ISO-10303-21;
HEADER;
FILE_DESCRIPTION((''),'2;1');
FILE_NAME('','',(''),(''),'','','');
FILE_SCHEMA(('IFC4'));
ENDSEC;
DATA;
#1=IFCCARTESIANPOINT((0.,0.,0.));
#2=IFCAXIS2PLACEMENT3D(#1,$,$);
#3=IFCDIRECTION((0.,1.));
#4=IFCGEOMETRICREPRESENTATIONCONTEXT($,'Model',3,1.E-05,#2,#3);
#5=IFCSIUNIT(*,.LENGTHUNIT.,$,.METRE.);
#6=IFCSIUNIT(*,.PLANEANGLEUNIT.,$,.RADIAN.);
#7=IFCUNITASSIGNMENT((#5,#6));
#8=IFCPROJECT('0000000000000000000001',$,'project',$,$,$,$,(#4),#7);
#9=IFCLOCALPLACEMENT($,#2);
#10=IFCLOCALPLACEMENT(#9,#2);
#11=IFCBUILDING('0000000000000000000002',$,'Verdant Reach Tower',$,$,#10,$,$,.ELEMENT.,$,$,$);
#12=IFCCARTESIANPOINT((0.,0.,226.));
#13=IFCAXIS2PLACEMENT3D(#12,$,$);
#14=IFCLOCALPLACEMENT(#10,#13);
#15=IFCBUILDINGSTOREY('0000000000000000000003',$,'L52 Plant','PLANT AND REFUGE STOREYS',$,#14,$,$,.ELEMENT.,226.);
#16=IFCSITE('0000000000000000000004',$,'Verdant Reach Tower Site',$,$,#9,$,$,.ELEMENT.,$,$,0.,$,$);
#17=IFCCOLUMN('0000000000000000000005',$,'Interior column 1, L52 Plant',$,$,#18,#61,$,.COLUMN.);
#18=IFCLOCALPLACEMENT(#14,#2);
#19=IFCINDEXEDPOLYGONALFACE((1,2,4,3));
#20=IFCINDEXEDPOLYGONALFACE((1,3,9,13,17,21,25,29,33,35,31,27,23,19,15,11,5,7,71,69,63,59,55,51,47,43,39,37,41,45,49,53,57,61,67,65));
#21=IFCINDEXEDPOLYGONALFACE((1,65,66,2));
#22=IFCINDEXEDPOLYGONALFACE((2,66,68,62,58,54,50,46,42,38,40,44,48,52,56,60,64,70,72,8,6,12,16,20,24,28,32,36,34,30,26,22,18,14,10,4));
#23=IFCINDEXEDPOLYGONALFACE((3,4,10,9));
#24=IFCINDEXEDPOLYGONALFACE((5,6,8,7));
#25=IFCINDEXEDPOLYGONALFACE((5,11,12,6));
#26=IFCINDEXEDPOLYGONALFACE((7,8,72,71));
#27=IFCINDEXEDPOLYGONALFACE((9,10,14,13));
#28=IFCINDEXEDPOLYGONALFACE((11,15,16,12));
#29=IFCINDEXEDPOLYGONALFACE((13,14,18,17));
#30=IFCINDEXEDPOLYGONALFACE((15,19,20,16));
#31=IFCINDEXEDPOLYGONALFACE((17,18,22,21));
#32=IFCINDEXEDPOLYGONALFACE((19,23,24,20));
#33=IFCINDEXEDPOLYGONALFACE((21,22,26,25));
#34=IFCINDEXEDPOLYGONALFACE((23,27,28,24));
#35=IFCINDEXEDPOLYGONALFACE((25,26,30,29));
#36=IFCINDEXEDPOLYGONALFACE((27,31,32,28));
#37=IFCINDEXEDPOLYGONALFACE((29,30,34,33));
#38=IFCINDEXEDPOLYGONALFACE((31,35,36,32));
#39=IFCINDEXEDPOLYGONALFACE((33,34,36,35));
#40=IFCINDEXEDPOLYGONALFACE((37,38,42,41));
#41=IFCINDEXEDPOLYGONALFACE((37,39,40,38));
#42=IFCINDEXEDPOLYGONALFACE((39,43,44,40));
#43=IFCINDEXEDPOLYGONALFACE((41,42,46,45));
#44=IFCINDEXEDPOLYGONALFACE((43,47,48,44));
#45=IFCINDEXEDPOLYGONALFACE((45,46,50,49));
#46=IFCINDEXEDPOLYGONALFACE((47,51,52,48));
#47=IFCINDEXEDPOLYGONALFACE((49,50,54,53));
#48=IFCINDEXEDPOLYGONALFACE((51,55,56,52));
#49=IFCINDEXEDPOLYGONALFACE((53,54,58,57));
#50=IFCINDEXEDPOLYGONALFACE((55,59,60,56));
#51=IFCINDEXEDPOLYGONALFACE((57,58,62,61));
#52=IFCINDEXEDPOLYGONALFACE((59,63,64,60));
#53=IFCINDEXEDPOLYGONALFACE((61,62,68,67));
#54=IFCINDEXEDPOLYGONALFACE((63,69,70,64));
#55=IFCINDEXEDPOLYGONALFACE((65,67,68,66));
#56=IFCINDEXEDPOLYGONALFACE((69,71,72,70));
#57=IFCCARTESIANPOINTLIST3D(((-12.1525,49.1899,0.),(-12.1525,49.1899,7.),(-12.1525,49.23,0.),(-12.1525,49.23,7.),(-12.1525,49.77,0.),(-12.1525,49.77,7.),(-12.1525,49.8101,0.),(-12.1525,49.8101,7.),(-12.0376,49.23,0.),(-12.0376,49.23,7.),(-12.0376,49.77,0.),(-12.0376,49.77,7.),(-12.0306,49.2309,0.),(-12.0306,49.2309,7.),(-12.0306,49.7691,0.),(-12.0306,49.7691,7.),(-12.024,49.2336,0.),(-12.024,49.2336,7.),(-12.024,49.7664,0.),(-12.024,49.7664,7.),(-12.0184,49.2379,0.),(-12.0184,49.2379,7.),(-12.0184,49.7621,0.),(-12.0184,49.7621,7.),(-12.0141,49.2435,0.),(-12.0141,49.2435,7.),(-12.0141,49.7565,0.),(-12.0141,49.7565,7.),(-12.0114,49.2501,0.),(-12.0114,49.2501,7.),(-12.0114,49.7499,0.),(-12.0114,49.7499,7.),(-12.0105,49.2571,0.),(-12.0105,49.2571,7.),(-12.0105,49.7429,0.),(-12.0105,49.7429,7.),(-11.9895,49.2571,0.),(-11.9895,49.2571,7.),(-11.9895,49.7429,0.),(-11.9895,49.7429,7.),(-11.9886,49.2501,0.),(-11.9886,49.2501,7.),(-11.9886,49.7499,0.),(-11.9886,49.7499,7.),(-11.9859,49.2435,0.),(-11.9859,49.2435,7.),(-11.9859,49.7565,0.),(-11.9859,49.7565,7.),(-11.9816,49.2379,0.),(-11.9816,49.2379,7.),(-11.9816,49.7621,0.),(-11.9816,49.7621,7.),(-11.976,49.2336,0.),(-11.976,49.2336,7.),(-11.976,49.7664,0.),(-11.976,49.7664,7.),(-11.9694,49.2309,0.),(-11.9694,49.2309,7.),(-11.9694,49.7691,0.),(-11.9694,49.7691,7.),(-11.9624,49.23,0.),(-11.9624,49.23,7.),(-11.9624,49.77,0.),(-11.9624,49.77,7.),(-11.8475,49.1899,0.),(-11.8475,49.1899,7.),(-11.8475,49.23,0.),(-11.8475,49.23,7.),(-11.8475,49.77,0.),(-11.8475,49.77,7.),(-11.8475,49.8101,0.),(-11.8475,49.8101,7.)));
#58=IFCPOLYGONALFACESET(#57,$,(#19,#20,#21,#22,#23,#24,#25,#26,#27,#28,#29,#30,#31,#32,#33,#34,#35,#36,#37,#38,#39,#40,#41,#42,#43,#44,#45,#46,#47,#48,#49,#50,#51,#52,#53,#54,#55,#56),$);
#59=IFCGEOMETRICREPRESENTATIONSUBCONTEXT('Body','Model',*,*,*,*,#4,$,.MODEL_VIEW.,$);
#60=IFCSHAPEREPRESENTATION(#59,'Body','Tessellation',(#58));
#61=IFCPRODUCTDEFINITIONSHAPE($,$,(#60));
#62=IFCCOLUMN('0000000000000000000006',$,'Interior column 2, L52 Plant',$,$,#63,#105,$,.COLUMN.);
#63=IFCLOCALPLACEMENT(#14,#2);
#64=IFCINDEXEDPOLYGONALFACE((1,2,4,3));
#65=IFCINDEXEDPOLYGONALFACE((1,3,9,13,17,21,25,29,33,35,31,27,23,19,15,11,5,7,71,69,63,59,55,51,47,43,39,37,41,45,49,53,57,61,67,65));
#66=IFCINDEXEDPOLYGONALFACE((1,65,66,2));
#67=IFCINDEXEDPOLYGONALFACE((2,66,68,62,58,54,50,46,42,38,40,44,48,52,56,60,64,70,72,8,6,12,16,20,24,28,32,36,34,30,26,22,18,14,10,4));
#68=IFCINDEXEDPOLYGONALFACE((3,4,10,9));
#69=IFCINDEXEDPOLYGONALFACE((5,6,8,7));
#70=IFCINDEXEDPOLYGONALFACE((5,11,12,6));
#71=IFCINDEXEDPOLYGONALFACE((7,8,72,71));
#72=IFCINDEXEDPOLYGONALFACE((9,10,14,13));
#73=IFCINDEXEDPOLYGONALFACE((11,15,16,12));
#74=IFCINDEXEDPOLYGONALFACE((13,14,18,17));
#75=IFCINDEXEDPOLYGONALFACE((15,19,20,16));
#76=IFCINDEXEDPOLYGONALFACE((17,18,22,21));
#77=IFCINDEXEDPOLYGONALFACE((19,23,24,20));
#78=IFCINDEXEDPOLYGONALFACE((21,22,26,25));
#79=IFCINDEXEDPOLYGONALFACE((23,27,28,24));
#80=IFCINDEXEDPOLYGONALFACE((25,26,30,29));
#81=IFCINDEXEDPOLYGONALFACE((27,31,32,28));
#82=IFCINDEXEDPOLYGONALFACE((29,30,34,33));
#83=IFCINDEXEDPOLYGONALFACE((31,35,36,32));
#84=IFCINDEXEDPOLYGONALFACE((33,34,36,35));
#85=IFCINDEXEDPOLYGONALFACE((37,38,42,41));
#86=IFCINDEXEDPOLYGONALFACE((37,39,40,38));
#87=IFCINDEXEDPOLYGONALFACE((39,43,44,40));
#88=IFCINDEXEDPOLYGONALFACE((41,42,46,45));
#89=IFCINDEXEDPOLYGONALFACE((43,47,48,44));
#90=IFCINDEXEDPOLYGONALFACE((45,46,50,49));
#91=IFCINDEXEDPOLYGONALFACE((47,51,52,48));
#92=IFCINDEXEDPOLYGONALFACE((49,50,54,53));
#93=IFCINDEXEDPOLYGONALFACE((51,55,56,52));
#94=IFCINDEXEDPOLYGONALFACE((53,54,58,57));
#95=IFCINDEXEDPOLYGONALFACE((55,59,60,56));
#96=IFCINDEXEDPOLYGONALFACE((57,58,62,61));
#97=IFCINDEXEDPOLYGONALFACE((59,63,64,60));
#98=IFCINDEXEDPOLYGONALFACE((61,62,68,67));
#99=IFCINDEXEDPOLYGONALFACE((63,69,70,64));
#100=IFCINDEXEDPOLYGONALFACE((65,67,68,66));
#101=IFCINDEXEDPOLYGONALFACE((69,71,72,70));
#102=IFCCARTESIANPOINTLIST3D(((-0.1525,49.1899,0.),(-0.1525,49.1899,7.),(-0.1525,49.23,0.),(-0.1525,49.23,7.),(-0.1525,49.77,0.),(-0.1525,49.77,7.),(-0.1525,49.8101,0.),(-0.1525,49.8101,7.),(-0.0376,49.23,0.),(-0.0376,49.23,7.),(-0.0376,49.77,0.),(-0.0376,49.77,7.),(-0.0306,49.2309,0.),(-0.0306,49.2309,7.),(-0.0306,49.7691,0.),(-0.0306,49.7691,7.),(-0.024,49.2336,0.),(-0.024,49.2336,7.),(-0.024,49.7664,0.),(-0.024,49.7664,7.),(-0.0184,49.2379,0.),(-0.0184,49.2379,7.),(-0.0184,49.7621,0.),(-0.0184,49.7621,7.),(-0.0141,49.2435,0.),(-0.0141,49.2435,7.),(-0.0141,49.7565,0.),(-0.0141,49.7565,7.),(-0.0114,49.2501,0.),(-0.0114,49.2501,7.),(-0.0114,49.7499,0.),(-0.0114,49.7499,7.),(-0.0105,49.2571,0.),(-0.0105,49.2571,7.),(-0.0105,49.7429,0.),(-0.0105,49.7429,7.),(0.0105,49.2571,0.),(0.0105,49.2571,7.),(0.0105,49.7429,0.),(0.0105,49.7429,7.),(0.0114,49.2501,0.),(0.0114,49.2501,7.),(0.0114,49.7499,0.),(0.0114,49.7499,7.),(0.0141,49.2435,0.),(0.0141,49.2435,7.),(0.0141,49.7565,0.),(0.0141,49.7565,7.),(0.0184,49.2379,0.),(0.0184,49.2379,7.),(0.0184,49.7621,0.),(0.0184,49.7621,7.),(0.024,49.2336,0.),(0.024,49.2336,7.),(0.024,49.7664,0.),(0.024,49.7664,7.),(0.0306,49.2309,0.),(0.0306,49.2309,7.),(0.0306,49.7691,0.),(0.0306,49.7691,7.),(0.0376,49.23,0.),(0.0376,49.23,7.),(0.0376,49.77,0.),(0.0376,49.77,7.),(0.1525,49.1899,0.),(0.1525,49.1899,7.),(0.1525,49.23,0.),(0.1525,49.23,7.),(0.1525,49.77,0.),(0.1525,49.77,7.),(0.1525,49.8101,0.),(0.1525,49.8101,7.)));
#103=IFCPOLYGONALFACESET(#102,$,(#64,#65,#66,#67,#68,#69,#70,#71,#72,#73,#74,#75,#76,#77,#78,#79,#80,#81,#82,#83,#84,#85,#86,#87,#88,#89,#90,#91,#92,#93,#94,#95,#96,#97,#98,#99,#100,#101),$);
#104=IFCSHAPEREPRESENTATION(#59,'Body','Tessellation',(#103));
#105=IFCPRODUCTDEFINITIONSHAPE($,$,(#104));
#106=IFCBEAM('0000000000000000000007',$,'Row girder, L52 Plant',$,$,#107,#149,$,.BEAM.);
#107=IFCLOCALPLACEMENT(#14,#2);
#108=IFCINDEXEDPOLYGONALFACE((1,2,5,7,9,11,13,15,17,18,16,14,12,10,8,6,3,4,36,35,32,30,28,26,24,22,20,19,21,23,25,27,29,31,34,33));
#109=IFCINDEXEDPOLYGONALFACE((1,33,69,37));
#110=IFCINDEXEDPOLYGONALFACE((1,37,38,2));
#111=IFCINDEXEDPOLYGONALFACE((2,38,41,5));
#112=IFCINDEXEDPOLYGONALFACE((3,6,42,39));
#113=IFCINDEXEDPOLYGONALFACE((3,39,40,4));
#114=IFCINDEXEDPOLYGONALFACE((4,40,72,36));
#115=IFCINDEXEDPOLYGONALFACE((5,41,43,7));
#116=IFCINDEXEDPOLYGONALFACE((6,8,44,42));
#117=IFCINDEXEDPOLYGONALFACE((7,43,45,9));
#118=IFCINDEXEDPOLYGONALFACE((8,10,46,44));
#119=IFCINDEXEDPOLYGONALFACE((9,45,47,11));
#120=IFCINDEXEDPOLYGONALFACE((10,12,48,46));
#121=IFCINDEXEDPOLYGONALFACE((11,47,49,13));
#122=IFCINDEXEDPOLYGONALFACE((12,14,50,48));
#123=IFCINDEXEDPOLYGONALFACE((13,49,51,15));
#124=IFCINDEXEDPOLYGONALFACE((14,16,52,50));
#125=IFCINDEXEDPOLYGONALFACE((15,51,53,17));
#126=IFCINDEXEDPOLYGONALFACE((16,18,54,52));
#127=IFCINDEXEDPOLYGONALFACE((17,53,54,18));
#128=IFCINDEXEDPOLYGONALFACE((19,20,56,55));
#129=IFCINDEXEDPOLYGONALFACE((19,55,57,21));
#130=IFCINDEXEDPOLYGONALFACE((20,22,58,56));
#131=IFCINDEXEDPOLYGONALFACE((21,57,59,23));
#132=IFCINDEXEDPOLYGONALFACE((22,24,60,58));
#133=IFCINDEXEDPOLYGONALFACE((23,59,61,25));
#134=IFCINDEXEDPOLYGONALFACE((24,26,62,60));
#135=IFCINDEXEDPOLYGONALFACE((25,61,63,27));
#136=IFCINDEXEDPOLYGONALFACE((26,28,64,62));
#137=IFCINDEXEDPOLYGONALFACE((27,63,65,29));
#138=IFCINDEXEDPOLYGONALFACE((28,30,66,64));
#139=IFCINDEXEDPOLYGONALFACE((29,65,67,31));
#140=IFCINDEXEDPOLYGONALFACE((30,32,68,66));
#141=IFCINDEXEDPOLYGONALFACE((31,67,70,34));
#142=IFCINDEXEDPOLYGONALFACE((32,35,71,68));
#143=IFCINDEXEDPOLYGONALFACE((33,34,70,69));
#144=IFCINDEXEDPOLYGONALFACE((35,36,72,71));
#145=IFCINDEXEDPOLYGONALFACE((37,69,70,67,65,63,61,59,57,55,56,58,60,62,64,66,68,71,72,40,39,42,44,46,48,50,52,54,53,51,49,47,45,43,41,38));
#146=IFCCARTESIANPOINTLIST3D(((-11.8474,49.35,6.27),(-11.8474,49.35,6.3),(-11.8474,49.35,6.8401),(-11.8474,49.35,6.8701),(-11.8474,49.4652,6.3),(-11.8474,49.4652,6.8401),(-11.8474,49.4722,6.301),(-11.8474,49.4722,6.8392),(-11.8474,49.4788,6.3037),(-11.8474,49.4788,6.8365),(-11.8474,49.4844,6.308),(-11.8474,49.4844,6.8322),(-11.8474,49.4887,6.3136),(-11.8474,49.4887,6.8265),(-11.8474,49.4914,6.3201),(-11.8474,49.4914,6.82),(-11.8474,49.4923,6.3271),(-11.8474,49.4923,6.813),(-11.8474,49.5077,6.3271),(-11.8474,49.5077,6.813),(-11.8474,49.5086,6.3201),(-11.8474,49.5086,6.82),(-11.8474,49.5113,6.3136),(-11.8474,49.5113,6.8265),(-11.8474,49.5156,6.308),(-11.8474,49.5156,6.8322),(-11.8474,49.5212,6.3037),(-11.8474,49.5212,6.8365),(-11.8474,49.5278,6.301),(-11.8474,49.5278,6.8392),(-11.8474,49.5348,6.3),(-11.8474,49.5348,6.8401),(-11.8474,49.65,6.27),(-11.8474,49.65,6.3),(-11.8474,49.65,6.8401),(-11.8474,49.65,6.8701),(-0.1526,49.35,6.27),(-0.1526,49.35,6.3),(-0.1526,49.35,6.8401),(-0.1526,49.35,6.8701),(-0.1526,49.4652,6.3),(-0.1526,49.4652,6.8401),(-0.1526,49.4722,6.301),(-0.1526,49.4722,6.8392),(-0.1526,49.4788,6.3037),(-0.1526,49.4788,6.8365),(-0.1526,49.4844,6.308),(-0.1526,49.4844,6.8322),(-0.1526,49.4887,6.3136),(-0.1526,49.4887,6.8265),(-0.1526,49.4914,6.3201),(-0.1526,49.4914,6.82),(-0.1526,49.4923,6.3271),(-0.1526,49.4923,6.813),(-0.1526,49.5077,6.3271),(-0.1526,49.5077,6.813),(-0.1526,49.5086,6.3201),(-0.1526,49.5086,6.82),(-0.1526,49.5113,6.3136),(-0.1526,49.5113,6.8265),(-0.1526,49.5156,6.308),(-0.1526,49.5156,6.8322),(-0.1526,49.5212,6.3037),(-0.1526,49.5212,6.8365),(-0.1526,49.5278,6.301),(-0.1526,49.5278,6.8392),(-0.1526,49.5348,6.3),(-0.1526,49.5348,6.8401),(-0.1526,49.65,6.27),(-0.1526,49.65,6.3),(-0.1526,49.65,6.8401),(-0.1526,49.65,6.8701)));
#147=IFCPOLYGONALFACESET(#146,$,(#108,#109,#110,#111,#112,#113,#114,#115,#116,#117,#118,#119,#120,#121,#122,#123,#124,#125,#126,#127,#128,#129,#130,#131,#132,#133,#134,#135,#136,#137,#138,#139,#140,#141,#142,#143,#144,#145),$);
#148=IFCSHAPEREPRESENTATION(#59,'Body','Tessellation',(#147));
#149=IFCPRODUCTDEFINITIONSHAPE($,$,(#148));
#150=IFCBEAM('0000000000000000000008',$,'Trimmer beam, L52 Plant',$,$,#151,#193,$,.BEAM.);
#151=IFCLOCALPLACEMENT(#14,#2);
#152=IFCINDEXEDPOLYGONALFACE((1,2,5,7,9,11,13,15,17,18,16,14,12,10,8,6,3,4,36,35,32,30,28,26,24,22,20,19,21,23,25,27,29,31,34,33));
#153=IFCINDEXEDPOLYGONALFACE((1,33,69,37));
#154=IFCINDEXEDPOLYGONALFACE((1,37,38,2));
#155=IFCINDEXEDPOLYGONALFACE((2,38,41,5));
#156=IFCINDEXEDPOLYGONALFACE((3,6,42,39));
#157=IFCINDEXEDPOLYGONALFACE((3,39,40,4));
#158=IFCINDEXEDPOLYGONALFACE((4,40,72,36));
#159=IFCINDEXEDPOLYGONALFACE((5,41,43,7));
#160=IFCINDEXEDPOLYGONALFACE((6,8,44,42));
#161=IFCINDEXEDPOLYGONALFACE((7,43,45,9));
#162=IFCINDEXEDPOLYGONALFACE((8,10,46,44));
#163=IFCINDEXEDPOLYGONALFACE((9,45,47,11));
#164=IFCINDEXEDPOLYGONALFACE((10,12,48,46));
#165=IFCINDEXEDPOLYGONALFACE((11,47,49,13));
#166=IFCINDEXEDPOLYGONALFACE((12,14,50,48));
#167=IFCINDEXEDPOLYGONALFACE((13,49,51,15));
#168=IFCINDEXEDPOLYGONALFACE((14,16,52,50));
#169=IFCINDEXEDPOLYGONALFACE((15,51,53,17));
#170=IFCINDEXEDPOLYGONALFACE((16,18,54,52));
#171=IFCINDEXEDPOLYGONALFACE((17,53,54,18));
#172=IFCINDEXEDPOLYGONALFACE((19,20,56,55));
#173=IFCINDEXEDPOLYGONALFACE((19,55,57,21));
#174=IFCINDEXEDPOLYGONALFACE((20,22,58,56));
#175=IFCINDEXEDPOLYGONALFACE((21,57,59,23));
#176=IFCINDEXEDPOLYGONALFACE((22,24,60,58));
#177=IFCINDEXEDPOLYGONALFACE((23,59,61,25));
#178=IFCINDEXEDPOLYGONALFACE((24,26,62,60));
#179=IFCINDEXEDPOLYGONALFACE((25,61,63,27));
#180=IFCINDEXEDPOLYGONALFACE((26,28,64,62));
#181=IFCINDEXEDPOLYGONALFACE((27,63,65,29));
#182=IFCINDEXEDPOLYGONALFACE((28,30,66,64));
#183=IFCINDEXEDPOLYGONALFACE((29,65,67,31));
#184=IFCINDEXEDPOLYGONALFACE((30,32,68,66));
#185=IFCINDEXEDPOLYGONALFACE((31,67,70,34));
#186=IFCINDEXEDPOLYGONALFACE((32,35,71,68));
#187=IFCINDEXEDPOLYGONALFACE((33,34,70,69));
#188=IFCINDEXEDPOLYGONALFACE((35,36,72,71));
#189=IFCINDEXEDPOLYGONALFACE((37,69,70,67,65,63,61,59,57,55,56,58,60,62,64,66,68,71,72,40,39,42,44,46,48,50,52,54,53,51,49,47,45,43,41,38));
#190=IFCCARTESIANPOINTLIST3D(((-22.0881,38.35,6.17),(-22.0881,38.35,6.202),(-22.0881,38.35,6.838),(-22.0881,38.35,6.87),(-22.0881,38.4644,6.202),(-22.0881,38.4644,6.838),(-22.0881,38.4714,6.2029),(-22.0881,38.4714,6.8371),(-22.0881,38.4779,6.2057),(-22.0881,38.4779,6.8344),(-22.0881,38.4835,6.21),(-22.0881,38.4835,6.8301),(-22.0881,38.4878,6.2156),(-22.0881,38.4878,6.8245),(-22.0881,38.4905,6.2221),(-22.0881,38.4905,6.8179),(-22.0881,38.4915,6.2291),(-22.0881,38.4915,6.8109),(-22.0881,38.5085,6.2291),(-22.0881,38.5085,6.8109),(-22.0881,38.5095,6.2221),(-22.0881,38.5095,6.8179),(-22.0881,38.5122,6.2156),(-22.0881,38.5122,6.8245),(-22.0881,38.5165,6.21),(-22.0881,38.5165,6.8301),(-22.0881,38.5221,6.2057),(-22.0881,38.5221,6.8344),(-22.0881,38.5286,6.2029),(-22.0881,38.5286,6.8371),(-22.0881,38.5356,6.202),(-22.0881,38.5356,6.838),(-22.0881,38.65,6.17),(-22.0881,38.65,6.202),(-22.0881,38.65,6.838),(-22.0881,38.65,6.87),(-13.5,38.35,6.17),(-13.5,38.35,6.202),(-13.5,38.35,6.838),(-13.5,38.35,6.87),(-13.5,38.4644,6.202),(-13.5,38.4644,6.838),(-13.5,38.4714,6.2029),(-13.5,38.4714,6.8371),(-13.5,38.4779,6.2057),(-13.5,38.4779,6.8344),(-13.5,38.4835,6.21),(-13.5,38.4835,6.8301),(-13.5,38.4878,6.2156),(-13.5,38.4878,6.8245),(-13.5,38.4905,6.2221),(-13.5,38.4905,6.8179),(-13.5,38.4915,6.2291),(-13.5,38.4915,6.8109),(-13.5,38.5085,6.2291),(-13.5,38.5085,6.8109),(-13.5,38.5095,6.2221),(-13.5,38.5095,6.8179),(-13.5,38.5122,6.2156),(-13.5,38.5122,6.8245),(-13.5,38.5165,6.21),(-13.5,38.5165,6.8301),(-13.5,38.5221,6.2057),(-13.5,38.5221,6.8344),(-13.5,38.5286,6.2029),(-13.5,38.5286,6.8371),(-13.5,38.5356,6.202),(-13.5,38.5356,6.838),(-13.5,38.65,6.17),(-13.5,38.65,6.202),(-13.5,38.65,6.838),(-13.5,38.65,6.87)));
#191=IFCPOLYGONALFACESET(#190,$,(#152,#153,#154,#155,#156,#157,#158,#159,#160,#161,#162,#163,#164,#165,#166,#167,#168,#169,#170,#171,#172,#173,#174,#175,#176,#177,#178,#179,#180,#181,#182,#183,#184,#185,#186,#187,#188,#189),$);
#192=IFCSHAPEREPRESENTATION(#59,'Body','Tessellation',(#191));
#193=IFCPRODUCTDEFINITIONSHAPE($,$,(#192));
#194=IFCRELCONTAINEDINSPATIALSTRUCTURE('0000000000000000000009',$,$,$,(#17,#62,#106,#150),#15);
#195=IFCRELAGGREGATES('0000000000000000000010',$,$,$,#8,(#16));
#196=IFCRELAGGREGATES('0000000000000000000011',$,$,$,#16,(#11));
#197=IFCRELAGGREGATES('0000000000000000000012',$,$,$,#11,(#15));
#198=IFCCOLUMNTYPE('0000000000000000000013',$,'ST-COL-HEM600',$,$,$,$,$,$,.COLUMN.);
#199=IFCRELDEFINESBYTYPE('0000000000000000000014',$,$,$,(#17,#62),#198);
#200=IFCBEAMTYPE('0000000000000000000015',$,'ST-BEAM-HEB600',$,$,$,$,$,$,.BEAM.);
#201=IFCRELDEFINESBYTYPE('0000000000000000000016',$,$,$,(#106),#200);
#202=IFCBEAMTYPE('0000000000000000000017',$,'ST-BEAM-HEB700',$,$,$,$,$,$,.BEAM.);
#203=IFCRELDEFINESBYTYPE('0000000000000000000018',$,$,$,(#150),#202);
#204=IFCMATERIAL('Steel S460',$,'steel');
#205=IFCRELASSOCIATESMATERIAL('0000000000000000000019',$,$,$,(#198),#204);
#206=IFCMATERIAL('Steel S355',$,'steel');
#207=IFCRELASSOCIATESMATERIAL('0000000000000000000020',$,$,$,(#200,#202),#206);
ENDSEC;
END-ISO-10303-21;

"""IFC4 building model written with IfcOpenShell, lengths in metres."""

from ifc_helpers import new_model, si_unit, direction, frame, origin, origin_2d, place, context, subcontext, project, spatial, i_section, extrude, material, material_profile, profile_set, type_object, element, save


model = new_model("IFC4")

# Units and contexts
model_context = context("Model", 3, precision=1e-05, world=origin(), true_north=direction((0.0, 1.0)))
body_context = subcontext(model_context, "Body", "Model", "MODEL_VIEW")
ifc_project = project(units=[si_unit("LENGTHUNIT", "METRE"), si_unit("PLANEANGLEUNIT", "RADIAN")], contexts=[model_context])

# Site, building, storey
site_placement = place(None, origin())
site = spatial("IfcSite", under=ifc_project, at=site_placement, Name="Verdant Reach Tower Site", CompositionType="ELEMENT", RefElevation=0.0)
building_placement = place(site_placement, origin())
building = spatial("IfcBuilding", under=site, at=building_placement, Name="Verdant Reach Tower", CompositionType="ELEMENT")
storey_placement = place(building_placement, frame((0.0, 0.0, 226.0)))
storey = spatial("IfcBuildingStorey", under=building, at=storey_placement, Name="L52 Plant", Description="PLANT AND REFUGE STOREYS", CompositionType="ELEMENT", Elevation=226.0)

# Columns
ifc_material_1 = material(Name="Steel S460", Category="steel")
ifc_material_profile_1 = material_profile(ifc_material_1, i_section(OverallWidth=0.3049, OverallDepth=0.6201, WebThickness=0.021, FlangeThickness=0.04, FilletRadius=0.0271, at=origin_2d()), Name="HEM 600")
ifc_profile_set_1 = profile_set([ifc_material_profile_1], Name="Steel S460")
column_type = type_object("IfcColumnType", Name="ST-COL-HEM600", PredefinedType="COLUMN", material=ifc_profile_set_1)
for number, where, z_axis, x_axis, name in (
    (1, (-12.0, 49.5, 0.0), (0.0, 0.0, 1.0), (1.0, 0.0, 0.0), "Interior column 1, L52 Plant"),
    (2, (0.0, 49.5, 0.0), (0.0, 0.0, 1.0), (1.0, 0.0, 0.0), "Interior column 2, L52 Plant"),
):
    element("IfcColumn", number, at=place(storey_placement, frame(where, z_axis=z_axis, x_axis=x_axis)), inside=storey, type_object=column_type, Name=name, PredefinedType="COLUMN", context=body_context, shape_type="SweptSolid", body=[
        extrude(i_section(OverallWidth=0.3049, OverallDepth=0.6201, WebThickness=0.021, FlangeThickness=0.04, FilletRadius=0.0271, at=origin_2d()), origin(), (0.0, 0.0, 1.0), 7.0),
    ])

# Beams
ifc_material_2 = material(Name="Steel S355", Category="steel")
ifc_material_profile_2 = material_profile(ifc_material_2, i_section(OverallWidth=0.3, OverallDepth=0.6001, WebThickness=0.0154, FlangeThickness=0.03, FilletRadius=0.0271, at=origin_2d()), Name="HEB 600")
ifc_profile_set_2 = profile_set([ifc_material_profile_2], Name="Steel S355")
beam_type_1 = type_object("IfcBeamType", Name="ST-BEAM-HEB600", PredefinedType="BEAM", material=ifc_profile_set_2)
beam_1_placement = place(storey_placement, frame((-11.8474, 49.5, 6.5701), z_axis=(1.0, 0.0, 0.0), x_axis=(0.0, 1.0, 0.0)))
element("IfcBeam", 3, at=beam_1_placement, inside=storey, type_object=beam_type_1, Name="Row girder, L52 Plant", PredefinedType="BEAM", context=body_context, shape_type="SweptSolid", body=[
    extrude(i_section(OverallWidth=0.3, OverallDepth=0.6001, WebThickness=0.0154, FlangeThickness=0.03, FilletRadius=0.0271, at=origin_2d()), origin(), (0.0, 0.0, 1.0), 11.6948),
])
ifc_material_profile_3 = material_profile(ifc_material_2, i_section(OverallWidth=0.3, OverallDepth=0.7, WebThickness=0.0171, FlangeThickness=0.032, FilletRadius=0.0271, at=origin_2d()), Name="HEB 700")
ifc_profile_set_3 = profile_set([ifc_material_profile_3], Name="Steel S355")
beam_type_2 = type_object("IfcBeamType", Name="ST-BEAM-HEB700", PredefinedType="BEAM", material=ifc_profile_set_3)
beam_2_placement = place(storey_placement, frame((-13.5, 38.5, 6.52), z_axis=(-1.0, 0.0, 0.0), x_axis=(0.0, -1.0, 0.0)))
element("IfcBeam", 4, at=beam_2_placement, inside=storey, type_object=beam_type_2, Name="Trimmer beam, L52 Plant", PredefinedType="BEAM", context=body_context, shape_type="SweptSolid", body=[
    extrude(i_section(OverallWidth=0.3, OverallDepth=0.7, WebThickness=0.0171, FlangeThickness=0.032, FilletRadius=0.0271, at=origin_2d()), origin(), (0.0, 0.0, 1.0), 8.5881),
])

save(model, "model.ifc")
